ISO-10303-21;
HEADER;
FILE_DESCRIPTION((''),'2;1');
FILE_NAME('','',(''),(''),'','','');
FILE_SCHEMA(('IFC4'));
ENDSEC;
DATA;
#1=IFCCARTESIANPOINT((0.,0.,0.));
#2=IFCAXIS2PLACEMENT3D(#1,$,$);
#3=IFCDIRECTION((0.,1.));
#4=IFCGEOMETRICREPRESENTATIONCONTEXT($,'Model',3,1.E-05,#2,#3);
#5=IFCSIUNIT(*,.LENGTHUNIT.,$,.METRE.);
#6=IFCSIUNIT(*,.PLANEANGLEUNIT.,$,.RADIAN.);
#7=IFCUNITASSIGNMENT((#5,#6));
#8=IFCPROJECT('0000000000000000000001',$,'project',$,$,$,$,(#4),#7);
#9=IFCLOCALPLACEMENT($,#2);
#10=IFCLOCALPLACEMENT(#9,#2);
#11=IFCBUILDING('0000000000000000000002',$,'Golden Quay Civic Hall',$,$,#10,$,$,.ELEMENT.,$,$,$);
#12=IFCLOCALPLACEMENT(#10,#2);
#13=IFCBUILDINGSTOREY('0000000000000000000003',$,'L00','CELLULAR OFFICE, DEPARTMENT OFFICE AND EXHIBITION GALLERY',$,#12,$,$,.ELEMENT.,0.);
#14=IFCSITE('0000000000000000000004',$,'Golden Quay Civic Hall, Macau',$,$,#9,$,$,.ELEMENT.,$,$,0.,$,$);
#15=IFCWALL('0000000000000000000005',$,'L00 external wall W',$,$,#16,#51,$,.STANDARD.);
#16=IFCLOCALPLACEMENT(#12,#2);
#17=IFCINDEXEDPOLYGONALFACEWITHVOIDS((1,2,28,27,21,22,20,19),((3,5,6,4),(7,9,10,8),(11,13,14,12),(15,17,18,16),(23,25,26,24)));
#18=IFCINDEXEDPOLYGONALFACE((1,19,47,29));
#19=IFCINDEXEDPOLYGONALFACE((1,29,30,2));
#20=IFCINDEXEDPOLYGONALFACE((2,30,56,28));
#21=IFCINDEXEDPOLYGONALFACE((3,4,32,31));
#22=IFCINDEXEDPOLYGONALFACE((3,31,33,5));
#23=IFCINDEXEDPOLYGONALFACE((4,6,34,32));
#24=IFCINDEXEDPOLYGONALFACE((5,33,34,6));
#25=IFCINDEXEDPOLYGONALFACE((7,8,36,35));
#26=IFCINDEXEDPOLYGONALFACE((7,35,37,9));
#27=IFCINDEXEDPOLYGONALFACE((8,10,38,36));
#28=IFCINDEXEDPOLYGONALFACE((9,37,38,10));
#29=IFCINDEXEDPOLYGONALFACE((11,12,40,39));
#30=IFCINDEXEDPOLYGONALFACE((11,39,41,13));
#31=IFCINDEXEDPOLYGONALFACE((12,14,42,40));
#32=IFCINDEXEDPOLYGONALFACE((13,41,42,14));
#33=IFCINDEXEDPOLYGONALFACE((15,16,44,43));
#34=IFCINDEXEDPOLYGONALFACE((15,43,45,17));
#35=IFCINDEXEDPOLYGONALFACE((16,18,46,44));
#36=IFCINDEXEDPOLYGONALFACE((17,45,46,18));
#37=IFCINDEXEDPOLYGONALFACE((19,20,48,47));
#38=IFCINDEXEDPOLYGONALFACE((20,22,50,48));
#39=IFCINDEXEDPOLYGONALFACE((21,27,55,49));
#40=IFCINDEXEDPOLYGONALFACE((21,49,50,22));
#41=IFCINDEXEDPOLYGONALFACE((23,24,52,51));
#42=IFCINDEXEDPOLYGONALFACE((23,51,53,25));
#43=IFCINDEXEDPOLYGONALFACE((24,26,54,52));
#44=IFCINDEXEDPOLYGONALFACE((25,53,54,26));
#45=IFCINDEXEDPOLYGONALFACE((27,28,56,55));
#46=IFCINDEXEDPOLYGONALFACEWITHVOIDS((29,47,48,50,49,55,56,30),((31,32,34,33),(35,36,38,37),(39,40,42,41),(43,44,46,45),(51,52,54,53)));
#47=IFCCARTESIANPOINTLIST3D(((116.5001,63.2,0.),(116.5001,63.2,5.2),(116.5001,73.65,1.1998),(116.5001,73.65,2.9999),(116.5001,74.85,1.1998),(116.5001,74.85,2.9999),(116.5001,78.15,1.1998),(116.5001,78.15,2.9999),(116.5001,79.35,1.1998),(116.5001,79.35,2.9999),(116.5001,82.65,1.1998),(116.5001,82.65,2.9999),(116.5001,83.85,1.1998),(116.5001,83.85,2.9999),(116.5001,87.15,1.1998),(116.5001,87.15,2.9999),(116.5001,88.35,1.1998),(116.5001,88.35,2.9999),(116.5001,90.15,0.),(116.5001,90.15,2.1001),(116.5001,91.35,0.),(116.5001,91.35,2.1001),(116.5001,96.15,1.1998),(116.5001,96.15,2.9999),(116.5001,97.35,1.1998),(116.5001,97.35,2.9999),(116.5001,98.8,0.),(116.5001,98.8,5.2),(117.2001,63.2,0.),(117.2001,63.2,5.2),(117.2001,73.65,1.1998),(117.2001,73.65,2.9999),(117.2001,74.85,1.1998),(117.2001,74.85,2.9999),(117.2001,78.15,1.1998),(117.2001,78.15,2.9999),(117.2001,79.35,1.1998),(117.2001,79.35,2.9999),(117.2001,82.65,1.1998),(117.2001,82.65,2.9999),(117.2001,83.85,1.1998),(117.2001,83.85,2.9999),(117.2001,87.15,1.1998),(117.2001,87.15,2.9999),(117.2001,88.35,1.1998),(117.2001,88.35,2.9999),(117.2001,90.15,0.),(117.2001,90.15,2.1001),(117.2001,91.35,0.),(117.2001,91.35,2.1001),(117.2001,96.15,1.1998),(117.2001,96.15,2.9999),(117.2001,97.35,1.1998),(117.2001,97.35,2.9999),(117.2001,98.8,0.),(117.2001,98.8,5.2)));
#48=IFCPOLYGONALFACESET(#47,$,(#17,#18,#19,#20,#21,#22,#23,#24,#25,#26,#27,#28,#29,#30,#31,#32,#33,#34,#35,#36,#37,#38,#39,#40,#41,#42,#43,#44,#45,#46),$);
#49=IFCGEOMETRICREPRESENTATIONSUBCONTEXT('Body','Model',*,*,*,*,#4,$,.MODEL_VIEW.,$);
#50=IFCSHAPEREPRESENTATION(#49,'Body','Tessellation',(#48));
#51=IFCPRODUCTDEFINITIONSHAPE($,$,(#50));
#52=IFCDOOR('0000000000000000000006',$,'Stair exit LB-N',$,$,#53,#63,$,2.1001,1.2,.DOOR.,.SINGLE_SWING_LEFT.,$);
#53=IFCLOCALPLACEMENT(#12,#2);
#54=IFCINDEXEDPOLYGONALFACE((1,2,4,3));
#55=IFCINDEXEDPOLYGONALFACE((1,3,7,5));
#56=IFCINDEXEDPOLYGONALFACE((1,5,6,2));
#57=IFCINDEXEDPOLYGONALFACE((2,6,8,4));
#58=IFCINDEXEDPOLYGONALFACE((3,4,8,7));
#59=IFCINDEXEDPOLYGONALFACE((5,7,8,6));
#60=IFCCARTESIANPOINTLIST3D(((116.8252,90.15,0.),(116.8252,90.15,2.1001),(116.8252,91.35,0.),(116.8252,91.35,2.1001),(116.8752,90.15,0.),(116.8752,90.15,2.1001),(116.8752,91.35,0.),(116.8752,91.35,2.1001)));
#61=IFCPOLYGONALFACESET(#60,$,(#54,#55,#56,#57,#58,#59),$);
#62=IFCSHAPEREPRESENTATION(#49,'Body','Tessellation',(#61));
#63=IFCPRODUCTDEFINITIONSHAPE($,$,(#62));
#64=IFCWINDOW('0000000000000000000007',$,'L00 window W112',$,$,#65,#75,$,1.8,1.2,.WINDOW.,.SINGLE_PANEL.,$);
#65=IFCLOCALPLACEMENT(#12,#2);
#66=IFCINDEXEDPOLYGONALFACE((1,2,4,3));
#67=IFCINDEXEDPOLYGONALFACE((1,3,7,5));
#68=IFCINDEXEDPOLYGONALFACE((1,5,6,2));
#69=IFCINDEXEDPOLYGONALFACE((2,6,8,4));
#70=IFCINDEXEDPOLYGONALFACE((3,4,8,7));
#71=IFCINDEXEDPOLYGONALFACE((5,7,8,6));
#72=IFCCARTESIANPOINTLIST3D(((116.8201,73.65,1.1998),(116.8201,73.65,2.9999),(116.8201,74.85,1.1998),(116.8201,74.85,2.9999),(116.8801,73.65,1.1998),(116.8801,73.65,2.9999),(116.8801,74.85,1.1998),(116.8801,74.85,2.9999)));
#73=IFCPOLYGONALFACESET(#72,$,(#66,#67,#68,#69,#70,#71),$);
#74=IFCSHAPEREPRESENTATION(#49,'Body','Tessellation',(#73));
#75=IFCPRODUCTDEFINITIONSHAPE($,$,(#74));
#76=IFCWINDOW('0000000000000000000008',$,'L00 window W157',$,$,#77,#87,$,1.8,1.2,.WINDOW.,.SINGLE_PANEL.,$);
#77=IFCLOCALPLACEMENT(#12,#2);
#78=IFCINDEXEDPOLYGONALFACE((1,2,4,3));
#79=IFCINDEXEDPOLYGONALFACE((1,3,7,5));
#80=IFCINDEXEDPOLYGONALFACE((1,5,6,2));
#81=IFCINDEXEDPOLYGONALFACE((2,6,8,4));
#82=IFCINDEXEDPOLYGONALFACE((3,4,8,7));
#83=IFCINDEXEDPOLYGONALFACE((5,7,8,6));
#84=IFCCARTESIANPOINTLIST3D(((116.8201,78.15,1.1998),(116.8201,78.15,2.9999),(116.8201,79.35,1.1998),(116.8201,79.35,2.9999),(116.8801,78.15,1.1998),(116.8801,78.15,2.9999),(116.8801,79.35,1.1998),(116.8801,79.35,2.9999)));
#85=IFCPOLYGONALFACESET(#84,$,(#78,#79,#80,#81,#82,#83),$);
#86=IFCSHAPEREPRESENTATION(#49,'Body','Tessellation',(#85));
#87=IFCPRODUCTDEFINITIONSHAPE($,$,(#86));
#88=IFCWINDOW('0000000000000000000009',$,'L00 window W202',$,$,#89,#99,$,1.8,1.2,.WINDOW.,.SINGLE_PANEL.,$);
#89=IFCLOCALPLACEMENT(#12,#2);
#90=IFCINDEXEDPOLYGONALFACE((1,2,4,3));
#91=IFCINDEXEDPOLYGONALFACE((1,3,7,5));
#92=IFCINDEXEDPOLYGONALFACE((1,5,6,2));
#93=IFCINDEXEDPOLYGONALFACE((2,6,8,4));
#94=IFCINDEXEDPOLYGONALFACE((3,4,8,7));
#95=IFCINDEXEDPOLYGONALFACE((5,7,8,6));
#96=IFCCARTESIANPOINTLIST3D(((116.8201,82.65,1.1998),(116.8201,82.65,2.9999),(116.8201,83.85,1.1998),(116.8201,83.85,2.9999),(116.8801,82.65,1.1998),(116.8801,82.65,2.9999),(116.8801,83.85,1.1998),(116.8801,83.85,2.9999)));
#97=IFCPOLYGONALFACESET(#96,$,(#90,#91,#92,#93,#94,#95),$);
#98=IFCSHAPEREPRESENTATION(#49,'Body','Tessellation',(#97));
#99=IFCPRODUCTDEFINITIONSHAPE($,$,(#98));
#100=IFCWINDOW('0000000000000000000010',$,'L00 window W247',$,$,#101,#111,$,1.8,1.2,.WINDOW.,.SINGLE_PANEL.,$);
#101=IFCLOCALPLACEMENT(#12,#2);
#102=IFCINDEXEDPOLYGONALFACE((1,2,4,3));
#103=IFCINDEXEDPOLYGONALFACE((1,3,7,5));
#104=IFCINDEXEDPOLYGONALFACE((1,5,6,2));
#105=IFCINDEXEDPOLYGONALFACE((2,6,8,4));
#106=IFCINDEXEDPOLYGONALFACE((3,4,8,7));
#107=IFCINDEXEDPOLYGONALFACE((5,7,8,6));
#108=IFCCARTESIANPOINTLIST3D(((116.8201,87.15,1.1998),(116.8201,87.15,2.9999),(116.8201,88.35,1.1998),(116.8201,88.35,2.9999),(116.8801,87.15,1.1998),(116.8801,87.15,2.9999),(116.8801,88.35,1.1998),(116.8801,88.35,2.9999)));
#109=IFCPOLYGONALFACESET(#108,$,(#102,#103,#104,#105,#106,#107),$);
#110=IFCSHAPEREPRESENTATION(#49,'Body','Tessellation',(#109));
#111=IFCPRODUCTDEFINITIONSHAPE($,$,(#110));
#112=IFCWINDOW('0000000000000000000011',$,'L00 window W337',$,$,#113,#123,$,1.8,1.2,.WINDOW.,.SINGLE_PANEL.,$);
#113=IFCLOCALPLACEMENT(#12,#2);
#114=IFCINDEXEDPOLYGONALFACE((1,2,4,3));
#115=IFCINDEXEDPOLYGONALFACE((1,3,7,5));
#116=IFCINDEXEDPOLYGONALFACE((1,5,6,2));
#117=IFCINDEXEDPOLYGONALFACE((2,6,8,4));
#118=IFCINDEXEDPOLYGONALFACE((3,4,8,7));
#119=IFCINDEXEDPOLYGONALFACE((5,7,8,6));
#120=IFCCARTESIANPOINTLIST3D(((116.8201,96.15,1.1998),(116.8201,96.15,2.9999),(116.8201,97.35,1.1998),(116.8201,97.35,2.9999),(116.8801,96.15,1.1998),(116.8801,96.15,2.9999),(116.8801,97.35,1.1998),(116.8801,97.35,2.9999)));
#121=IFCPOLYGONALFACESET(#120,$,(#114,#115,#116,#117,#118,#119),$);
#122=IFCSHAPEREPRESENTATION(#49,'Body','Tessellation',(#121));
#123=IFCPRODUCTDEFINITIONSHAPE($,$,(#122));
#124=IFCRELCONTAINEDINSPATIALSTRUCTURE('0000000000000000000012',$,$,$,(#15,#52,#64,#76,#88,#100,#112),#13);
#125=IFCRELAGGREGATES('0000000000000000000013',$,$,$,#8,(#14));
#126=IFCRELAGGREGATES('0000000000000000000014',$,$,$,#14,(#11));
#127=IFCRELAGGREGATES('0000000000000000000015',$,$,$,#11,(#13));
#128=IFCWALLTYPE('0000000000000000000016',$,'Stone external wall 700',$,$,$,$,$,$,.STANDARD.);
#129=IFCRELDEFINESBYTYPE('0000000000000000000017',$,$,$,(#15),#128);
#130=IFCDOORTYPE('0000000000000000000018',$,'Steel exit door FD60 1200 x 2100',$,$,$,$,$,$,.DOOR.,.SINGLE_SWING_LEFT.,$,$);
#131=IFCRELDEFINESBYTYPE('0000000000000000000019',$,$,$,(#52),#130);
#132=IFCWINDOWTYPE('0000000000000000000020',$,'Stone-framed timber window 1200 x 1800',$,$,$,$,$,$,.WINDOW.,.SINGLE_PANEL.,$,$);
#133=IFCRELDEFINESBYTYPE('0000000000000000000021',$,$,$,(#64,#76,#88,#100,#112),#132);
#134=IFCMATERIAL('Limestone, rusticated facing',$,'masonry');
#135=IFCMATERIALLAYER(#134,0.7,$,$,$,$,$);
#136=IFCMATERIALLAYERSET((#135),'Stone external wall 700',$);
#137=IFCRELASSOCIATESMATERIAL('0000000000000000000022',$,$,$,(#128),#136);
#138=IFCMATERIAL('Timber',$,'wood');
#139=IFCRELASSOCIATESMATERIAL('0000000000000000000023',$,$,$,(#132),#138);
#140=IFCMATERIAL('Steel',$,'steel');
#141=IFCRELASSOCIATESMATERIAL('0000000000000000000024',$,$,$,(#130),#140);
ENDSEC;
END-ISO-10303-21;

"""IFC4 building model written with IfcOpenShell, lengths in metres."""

from ifc_helpers import new_model, si_unit, direction, frame, frame_2d, origin, place, context, subcontext, project, spatial, rectangle, extrude, material, layer, layer_set, type_object, element, fill, save


model = new_model("IFC4")

# Units and contexts
model_context = context("Model", 3, precision=1e-05, world=origin(), true_north=direction((0.0, 1.0)))
body_context = subcontext(model_context, "Body", "Model", "MODEL_VIEW")
ifc_project = project(units=[si_unit("LENGTHUNIT", "METRE"), si_unit("PLANEANGLEUNIT", "RADIAN")], contexts=[model_context])

# Site, building, storey
site_placement = place(None, origin())
site = spatial("IfcSite", under=ifc_project, at=site_placement, Name="Golden Quay Civic Hall, Macau", CompositionType="ELEMENT", RefElevation=0.0)
building_placement = place(site_placement, origin())
building = spatial("IfcBuilding", under=site, at=building_placement, Name="Golden Quay Civic Hall", CompositionType="ELEMENT")
storey_placement = place(building_placement, origin())
storey = spatial("IfcBuildingStorey", under=building, at=storey_placement, Name="L00", Description="CELLULAR OFFICE, DEPARTMENT OFFICE AND EXHIBITION GALLERY", CompositionType="ELEMENT", Elevation=0.0)

# Shared definitions
ifc_material_1 = material(Name="Limestone, rusticated facing", Category="masonry")
ifc_layer_1 = layer(ifc_material_1, 0.7)
ifc_layer_set_1 = layer_set([ifc_layer_1], Name="Stone external wall 700")
wall_type_1 = type_object("IfcWallType", Name="Stone external wall 700", PredefinedType="STANDARD", material=ifc_layer_set_1)
ifc_material_2 = material(Name="Timber", Category="wood")
window_type = type_object("IfcWindowType", Name="Stone-framed timber window 1200 x 1800", PartitioningType="SINGLE_PANEL", PredefinedType="WINDOW", material=ifc_material_2)

# Wall, openings, door, windows
wall_1_placement = place(storey_placement, frame((116.8501, 63.2, 0.0), z_axis=(0.0, 0.0, 1.0), x_axis=(0.0, 1.0, 0.0)))
wall_1 = element("IfcWall", 1, at=wall_1_placement, inside=storey, type_object=wall_type_1, Name="L00 external wall W", PredefinedType="STANDARD", context=body_context, shape_type="SweptSolid", body=[
    extrude(rectangle(XDim=35.6001, YDim=0.7, at=frame_2d((17.8, 0.0))), origin(), (0.0, 0.0, 1.0), 5.2),
])
opening_1_placement = place(wall_1_placement, frame((10.45, 0.0, 1.2)))
opening_1 = element("IfcOpeningElement", 2, at=opening_1_placement, cuts=wall_1, PredefinedType="OPENING", context=body_context, shape_type="SweptSolid", body=[
    extrude(rectangle(XDim=1.2, YDim=1.8, at=frame_2d((0.6001, 0.8999))), frame((0.0, 0.3599, 0.0), z_axis=(0.0, -1.0, 0.0), x_axis=(1.0, 0.0, 0.0)), (0.0, 0.0, 1.0), 0.72),
])
opening_2_placement = place(wall_1_placement, frame((14.95, 0.0, 1.2)))
opening_2 = element("IfcOpeningElement", 3, at=opening_2_placement, cuts=wall_1, PredefinedType="OPENING", context=body_context, shape_type="SweptSolid", body=[
    extrude(rectangle(XDim=1.2, YDim=1.8, at=frame_2d((0.6001, 0.8999))), frame((0.0, 0.3599, 0.0), z_axis=(0.0, -1.0, 0.0), x_axis=(1.0, 0.0, 0.0)), (0.0, 0.0, 1.0), 0.72),
])
opening_3_placement = place(wall_1_placement, frame((19.45, 0.0, 1.2)))
opening_3 = element("IfcOpeningElement", 4, at=opening_3_placement, cuts=wall_1, PredefinedType="OPENING", context=body_context, shape_type="SweptSolid", body=[
    extrude(rectangle(XDim=1.2, YDim=1.8, at=frame_2d((0.6001, 0.8999))), frame((0.0, 0.3599, 0.0), z_axis=(0.0, -1.0, 0.0), x_axis=(1.0, 0.0, 0.0)), (0.0, 0.0, 1.0), 0.72),
])
opening_4_placement = place(wall_1_placement, frame((23.95, 0.0, 1.2)))
opening_4 = element("IfcOpeningElement", 5, at=opening_4_placement, cuts=wall_1, PredefinedType="OPENING", context=body_context, shape_type="SweptSolid", body=[
    extrude(rectangle(XDim=1.2, YDim=1.8, at=frame_2d((0.6001, 0.8999))), frame((0.0, 0.3599, 0.0), z_axis=(0.0, -1.0, 0.0), x_axis=(1.0, 0.0, 0.0)), (0.0, 0.0, 1.0), 0.72),
])
opening_5_placement = place(wall_1_placement, frame((32.95, 0.0, 1.2)))
opening_5 = element("IfcOpeningElement", 6, at=opening_5_placement, cuts=wall_1, PredefinedType="OPENING", context=body_context, shape_type="SweptSolid", body=[
    extrude(rectangle(XDim=1.2, YDim=1.8, at=frame_2d((0.6001, 0.8999))), frame((0.0, 0.3599, 0.0), z_axis=(0.0, -1.0, 0.0), x_axis=(1.0, 0.0, 0.0)), (0.0, 0.0, 1.0), 0.72),
])
opening_6_placement = place(wall_1_placement, frame((26.95, 0.0, 0.0)))
opening_6 = element("IfcOpeningElement", 7, at=opening_6_placement, cuts=wall_1, PredefinedType="OPENING", context=body_context, shape_type="SweptSolid", body=[
    extrude(rectangle(XDim=1.2, YDim=2.1001, at=frame_2d((0.6001, 1.05))), frame((0.0, 0.3599, 0.0), z_axis=(0.0, -1.0, 0.0), x_axis=(1.0, 0.0, 0.0)), (0.0, 0.0, 1.0), 0.72),
])
ifc_material_3 = material(Name="Steel", Category="steel")
door_type_1 = type_object("IfcDoorType", Name="Steel exit door FD60 1200 x 2100", OperationType="SINGLE_SWING_LEFT", PredefinedType="DOOR", material=ifc_material_3)
door_1_placement = place(opening_6_placement, origin())
door_1 = element("IfcDoor", 8, at=door_1_placement, inside=storey, type_object=door_type_1, Name="Stair exit LB-N", OperationType="SINGLE_SWING_LEFT", OverallHeight=2.1001, OverallWidth=1.2, PredefinedType="DOOR", context=body_context, shape_type="SweptSolid", body=[
    extrude(rectangle(XDim=1.2, YDim=2.1001, at=frame_2d((0.6001, 1.05))), frame((0.0, 0.0249, 0.0), z_axis=(0.0, -1.0, 0.0), x_axis=(1.0, 0.0, 0.0)), (0.0, 0.0, 1.0), 0.05),
])
fill(opening_6, door_1)
window_1_placement = place(opening_1_placement, origin())
window_1 = element("IfcWindow", 9, at=window_1_placement, inside=storey, type_object=window_type, Name="L00 window W112", OverallHeight=1.8, OverallWidth=1.2, PartitioningType="SINGLE_PANEL", PredefinedType="WINDOW", context=body_context, shape_type="SweptSolid", body=[
    extrude(rectangle(XDim=1.2, YDim=1.8, at=frame_2d((0.6001, 0.8999))), frame((0.0, 0.03, 0.0), z_axis=(0.0, -1.0, 0.0), x_axis=(1.0, 0.0, 0.0)), (0.0, 0.0, 1.0), 0.0601),
])
fill(opening_1, window_1)
window_2_placement = place(opening_2_placement, origin())
window_2 = element("IfcWindow", 10, at=window_2_placement, inside=storey, type_object=window_type, Name="L00 window W157", OverallHeight=1.8, OverallWidth=1.2, PartitioningType="SINGLE_PANEL", PredefinedType="WINDOW", context=body_context, shape_type="SweptSolid", body=[
    extrude(rectangle(XDim=1.2, YDim=1.8, at=frame_2d((0.6001, 0.8999))), frame((0.0, 0.03, 0.0), z_axis=(0.0, -1.0, 0.0), x_axis=(1.0, 0.0, 0.0)), (0.0, 0.0, 1.0), 0.0601),
])
fill(opening_2, window_2)
window_3_placement = place(opening_3_placement, origin())
window_3 = element("IfcWindow", 11, at=window_3_placement, inside=storey, type_object=window_type, Name="L00 window W202", OverallHeight=1.8, OverallWidth=1.2, PartitioningType="SINGLE_PANEL", PredefinedType="WINDOW", context=body_context, shape_type="SweptSolid", body=[
    extrude(rectangle(XDim=1.2, YDim=1.8, at=frame_2d((0.6001, 0.8999))), frame((0.0, 0.03, 0.0), z_axis=(0.0, -1.0, 0.0), x_axis=(1.0, 0.0, 0.0)), (0.0, 0.0, 1.0), 0.0601),
])
fill(opening_3, window_3)
window_4_placement = place(opening_4_placement, origin())
window_4 = element("IfcWindow", 12, at=window_4_placement, inside=storey, type_object=window_type, Name="L00 window W247", OverallHeight=1.8, OverallWidth=1.2, PartitioningType="SINGLE_PANEL", PredefinedType="WINDOW", context=body_context, shape_type="SweptSolid", body=[
    extrude(rectangle(XDim=1.2, YDim=1.8, at=frame_2d((0.6001, 0.8999))), frame((0.0, 0.03, 0.0), z_axis=(0.0, -1.0, 0.0), x_axis=(1.0, 0.0, 0.0)), (0.0, 0.0, 1.0), 0.0601),
])
fill(opening_4, window_4)
window_5_placement = place(opening_5_placement, origin())
window_5 = element("IfcWindow", 13, at=window_5_placement, inside=storey, type_object=window_type, Name="L00 window W337", OverallHeight=1.8, OverallWidth=1.2, PartitioningType="SINGLE_PANEL", PredefinedType="WINDOW", context=body_context, shape_type="SweptSolid", body=[
    extrude(rectangle(XDim=1.2, YDim=1.8, at=frame_2d((0.6001, 0.8999))), frame((0.0, 0.03, 0.0), z_axis=(0.0, -1.0, 0.0), x_axis=(1.0, 0.0, 0.0)), (0.0, 0.0, 1.0), 0.0601),
])
fill(opening_5, window_5)

save(model, "model.ifc")
